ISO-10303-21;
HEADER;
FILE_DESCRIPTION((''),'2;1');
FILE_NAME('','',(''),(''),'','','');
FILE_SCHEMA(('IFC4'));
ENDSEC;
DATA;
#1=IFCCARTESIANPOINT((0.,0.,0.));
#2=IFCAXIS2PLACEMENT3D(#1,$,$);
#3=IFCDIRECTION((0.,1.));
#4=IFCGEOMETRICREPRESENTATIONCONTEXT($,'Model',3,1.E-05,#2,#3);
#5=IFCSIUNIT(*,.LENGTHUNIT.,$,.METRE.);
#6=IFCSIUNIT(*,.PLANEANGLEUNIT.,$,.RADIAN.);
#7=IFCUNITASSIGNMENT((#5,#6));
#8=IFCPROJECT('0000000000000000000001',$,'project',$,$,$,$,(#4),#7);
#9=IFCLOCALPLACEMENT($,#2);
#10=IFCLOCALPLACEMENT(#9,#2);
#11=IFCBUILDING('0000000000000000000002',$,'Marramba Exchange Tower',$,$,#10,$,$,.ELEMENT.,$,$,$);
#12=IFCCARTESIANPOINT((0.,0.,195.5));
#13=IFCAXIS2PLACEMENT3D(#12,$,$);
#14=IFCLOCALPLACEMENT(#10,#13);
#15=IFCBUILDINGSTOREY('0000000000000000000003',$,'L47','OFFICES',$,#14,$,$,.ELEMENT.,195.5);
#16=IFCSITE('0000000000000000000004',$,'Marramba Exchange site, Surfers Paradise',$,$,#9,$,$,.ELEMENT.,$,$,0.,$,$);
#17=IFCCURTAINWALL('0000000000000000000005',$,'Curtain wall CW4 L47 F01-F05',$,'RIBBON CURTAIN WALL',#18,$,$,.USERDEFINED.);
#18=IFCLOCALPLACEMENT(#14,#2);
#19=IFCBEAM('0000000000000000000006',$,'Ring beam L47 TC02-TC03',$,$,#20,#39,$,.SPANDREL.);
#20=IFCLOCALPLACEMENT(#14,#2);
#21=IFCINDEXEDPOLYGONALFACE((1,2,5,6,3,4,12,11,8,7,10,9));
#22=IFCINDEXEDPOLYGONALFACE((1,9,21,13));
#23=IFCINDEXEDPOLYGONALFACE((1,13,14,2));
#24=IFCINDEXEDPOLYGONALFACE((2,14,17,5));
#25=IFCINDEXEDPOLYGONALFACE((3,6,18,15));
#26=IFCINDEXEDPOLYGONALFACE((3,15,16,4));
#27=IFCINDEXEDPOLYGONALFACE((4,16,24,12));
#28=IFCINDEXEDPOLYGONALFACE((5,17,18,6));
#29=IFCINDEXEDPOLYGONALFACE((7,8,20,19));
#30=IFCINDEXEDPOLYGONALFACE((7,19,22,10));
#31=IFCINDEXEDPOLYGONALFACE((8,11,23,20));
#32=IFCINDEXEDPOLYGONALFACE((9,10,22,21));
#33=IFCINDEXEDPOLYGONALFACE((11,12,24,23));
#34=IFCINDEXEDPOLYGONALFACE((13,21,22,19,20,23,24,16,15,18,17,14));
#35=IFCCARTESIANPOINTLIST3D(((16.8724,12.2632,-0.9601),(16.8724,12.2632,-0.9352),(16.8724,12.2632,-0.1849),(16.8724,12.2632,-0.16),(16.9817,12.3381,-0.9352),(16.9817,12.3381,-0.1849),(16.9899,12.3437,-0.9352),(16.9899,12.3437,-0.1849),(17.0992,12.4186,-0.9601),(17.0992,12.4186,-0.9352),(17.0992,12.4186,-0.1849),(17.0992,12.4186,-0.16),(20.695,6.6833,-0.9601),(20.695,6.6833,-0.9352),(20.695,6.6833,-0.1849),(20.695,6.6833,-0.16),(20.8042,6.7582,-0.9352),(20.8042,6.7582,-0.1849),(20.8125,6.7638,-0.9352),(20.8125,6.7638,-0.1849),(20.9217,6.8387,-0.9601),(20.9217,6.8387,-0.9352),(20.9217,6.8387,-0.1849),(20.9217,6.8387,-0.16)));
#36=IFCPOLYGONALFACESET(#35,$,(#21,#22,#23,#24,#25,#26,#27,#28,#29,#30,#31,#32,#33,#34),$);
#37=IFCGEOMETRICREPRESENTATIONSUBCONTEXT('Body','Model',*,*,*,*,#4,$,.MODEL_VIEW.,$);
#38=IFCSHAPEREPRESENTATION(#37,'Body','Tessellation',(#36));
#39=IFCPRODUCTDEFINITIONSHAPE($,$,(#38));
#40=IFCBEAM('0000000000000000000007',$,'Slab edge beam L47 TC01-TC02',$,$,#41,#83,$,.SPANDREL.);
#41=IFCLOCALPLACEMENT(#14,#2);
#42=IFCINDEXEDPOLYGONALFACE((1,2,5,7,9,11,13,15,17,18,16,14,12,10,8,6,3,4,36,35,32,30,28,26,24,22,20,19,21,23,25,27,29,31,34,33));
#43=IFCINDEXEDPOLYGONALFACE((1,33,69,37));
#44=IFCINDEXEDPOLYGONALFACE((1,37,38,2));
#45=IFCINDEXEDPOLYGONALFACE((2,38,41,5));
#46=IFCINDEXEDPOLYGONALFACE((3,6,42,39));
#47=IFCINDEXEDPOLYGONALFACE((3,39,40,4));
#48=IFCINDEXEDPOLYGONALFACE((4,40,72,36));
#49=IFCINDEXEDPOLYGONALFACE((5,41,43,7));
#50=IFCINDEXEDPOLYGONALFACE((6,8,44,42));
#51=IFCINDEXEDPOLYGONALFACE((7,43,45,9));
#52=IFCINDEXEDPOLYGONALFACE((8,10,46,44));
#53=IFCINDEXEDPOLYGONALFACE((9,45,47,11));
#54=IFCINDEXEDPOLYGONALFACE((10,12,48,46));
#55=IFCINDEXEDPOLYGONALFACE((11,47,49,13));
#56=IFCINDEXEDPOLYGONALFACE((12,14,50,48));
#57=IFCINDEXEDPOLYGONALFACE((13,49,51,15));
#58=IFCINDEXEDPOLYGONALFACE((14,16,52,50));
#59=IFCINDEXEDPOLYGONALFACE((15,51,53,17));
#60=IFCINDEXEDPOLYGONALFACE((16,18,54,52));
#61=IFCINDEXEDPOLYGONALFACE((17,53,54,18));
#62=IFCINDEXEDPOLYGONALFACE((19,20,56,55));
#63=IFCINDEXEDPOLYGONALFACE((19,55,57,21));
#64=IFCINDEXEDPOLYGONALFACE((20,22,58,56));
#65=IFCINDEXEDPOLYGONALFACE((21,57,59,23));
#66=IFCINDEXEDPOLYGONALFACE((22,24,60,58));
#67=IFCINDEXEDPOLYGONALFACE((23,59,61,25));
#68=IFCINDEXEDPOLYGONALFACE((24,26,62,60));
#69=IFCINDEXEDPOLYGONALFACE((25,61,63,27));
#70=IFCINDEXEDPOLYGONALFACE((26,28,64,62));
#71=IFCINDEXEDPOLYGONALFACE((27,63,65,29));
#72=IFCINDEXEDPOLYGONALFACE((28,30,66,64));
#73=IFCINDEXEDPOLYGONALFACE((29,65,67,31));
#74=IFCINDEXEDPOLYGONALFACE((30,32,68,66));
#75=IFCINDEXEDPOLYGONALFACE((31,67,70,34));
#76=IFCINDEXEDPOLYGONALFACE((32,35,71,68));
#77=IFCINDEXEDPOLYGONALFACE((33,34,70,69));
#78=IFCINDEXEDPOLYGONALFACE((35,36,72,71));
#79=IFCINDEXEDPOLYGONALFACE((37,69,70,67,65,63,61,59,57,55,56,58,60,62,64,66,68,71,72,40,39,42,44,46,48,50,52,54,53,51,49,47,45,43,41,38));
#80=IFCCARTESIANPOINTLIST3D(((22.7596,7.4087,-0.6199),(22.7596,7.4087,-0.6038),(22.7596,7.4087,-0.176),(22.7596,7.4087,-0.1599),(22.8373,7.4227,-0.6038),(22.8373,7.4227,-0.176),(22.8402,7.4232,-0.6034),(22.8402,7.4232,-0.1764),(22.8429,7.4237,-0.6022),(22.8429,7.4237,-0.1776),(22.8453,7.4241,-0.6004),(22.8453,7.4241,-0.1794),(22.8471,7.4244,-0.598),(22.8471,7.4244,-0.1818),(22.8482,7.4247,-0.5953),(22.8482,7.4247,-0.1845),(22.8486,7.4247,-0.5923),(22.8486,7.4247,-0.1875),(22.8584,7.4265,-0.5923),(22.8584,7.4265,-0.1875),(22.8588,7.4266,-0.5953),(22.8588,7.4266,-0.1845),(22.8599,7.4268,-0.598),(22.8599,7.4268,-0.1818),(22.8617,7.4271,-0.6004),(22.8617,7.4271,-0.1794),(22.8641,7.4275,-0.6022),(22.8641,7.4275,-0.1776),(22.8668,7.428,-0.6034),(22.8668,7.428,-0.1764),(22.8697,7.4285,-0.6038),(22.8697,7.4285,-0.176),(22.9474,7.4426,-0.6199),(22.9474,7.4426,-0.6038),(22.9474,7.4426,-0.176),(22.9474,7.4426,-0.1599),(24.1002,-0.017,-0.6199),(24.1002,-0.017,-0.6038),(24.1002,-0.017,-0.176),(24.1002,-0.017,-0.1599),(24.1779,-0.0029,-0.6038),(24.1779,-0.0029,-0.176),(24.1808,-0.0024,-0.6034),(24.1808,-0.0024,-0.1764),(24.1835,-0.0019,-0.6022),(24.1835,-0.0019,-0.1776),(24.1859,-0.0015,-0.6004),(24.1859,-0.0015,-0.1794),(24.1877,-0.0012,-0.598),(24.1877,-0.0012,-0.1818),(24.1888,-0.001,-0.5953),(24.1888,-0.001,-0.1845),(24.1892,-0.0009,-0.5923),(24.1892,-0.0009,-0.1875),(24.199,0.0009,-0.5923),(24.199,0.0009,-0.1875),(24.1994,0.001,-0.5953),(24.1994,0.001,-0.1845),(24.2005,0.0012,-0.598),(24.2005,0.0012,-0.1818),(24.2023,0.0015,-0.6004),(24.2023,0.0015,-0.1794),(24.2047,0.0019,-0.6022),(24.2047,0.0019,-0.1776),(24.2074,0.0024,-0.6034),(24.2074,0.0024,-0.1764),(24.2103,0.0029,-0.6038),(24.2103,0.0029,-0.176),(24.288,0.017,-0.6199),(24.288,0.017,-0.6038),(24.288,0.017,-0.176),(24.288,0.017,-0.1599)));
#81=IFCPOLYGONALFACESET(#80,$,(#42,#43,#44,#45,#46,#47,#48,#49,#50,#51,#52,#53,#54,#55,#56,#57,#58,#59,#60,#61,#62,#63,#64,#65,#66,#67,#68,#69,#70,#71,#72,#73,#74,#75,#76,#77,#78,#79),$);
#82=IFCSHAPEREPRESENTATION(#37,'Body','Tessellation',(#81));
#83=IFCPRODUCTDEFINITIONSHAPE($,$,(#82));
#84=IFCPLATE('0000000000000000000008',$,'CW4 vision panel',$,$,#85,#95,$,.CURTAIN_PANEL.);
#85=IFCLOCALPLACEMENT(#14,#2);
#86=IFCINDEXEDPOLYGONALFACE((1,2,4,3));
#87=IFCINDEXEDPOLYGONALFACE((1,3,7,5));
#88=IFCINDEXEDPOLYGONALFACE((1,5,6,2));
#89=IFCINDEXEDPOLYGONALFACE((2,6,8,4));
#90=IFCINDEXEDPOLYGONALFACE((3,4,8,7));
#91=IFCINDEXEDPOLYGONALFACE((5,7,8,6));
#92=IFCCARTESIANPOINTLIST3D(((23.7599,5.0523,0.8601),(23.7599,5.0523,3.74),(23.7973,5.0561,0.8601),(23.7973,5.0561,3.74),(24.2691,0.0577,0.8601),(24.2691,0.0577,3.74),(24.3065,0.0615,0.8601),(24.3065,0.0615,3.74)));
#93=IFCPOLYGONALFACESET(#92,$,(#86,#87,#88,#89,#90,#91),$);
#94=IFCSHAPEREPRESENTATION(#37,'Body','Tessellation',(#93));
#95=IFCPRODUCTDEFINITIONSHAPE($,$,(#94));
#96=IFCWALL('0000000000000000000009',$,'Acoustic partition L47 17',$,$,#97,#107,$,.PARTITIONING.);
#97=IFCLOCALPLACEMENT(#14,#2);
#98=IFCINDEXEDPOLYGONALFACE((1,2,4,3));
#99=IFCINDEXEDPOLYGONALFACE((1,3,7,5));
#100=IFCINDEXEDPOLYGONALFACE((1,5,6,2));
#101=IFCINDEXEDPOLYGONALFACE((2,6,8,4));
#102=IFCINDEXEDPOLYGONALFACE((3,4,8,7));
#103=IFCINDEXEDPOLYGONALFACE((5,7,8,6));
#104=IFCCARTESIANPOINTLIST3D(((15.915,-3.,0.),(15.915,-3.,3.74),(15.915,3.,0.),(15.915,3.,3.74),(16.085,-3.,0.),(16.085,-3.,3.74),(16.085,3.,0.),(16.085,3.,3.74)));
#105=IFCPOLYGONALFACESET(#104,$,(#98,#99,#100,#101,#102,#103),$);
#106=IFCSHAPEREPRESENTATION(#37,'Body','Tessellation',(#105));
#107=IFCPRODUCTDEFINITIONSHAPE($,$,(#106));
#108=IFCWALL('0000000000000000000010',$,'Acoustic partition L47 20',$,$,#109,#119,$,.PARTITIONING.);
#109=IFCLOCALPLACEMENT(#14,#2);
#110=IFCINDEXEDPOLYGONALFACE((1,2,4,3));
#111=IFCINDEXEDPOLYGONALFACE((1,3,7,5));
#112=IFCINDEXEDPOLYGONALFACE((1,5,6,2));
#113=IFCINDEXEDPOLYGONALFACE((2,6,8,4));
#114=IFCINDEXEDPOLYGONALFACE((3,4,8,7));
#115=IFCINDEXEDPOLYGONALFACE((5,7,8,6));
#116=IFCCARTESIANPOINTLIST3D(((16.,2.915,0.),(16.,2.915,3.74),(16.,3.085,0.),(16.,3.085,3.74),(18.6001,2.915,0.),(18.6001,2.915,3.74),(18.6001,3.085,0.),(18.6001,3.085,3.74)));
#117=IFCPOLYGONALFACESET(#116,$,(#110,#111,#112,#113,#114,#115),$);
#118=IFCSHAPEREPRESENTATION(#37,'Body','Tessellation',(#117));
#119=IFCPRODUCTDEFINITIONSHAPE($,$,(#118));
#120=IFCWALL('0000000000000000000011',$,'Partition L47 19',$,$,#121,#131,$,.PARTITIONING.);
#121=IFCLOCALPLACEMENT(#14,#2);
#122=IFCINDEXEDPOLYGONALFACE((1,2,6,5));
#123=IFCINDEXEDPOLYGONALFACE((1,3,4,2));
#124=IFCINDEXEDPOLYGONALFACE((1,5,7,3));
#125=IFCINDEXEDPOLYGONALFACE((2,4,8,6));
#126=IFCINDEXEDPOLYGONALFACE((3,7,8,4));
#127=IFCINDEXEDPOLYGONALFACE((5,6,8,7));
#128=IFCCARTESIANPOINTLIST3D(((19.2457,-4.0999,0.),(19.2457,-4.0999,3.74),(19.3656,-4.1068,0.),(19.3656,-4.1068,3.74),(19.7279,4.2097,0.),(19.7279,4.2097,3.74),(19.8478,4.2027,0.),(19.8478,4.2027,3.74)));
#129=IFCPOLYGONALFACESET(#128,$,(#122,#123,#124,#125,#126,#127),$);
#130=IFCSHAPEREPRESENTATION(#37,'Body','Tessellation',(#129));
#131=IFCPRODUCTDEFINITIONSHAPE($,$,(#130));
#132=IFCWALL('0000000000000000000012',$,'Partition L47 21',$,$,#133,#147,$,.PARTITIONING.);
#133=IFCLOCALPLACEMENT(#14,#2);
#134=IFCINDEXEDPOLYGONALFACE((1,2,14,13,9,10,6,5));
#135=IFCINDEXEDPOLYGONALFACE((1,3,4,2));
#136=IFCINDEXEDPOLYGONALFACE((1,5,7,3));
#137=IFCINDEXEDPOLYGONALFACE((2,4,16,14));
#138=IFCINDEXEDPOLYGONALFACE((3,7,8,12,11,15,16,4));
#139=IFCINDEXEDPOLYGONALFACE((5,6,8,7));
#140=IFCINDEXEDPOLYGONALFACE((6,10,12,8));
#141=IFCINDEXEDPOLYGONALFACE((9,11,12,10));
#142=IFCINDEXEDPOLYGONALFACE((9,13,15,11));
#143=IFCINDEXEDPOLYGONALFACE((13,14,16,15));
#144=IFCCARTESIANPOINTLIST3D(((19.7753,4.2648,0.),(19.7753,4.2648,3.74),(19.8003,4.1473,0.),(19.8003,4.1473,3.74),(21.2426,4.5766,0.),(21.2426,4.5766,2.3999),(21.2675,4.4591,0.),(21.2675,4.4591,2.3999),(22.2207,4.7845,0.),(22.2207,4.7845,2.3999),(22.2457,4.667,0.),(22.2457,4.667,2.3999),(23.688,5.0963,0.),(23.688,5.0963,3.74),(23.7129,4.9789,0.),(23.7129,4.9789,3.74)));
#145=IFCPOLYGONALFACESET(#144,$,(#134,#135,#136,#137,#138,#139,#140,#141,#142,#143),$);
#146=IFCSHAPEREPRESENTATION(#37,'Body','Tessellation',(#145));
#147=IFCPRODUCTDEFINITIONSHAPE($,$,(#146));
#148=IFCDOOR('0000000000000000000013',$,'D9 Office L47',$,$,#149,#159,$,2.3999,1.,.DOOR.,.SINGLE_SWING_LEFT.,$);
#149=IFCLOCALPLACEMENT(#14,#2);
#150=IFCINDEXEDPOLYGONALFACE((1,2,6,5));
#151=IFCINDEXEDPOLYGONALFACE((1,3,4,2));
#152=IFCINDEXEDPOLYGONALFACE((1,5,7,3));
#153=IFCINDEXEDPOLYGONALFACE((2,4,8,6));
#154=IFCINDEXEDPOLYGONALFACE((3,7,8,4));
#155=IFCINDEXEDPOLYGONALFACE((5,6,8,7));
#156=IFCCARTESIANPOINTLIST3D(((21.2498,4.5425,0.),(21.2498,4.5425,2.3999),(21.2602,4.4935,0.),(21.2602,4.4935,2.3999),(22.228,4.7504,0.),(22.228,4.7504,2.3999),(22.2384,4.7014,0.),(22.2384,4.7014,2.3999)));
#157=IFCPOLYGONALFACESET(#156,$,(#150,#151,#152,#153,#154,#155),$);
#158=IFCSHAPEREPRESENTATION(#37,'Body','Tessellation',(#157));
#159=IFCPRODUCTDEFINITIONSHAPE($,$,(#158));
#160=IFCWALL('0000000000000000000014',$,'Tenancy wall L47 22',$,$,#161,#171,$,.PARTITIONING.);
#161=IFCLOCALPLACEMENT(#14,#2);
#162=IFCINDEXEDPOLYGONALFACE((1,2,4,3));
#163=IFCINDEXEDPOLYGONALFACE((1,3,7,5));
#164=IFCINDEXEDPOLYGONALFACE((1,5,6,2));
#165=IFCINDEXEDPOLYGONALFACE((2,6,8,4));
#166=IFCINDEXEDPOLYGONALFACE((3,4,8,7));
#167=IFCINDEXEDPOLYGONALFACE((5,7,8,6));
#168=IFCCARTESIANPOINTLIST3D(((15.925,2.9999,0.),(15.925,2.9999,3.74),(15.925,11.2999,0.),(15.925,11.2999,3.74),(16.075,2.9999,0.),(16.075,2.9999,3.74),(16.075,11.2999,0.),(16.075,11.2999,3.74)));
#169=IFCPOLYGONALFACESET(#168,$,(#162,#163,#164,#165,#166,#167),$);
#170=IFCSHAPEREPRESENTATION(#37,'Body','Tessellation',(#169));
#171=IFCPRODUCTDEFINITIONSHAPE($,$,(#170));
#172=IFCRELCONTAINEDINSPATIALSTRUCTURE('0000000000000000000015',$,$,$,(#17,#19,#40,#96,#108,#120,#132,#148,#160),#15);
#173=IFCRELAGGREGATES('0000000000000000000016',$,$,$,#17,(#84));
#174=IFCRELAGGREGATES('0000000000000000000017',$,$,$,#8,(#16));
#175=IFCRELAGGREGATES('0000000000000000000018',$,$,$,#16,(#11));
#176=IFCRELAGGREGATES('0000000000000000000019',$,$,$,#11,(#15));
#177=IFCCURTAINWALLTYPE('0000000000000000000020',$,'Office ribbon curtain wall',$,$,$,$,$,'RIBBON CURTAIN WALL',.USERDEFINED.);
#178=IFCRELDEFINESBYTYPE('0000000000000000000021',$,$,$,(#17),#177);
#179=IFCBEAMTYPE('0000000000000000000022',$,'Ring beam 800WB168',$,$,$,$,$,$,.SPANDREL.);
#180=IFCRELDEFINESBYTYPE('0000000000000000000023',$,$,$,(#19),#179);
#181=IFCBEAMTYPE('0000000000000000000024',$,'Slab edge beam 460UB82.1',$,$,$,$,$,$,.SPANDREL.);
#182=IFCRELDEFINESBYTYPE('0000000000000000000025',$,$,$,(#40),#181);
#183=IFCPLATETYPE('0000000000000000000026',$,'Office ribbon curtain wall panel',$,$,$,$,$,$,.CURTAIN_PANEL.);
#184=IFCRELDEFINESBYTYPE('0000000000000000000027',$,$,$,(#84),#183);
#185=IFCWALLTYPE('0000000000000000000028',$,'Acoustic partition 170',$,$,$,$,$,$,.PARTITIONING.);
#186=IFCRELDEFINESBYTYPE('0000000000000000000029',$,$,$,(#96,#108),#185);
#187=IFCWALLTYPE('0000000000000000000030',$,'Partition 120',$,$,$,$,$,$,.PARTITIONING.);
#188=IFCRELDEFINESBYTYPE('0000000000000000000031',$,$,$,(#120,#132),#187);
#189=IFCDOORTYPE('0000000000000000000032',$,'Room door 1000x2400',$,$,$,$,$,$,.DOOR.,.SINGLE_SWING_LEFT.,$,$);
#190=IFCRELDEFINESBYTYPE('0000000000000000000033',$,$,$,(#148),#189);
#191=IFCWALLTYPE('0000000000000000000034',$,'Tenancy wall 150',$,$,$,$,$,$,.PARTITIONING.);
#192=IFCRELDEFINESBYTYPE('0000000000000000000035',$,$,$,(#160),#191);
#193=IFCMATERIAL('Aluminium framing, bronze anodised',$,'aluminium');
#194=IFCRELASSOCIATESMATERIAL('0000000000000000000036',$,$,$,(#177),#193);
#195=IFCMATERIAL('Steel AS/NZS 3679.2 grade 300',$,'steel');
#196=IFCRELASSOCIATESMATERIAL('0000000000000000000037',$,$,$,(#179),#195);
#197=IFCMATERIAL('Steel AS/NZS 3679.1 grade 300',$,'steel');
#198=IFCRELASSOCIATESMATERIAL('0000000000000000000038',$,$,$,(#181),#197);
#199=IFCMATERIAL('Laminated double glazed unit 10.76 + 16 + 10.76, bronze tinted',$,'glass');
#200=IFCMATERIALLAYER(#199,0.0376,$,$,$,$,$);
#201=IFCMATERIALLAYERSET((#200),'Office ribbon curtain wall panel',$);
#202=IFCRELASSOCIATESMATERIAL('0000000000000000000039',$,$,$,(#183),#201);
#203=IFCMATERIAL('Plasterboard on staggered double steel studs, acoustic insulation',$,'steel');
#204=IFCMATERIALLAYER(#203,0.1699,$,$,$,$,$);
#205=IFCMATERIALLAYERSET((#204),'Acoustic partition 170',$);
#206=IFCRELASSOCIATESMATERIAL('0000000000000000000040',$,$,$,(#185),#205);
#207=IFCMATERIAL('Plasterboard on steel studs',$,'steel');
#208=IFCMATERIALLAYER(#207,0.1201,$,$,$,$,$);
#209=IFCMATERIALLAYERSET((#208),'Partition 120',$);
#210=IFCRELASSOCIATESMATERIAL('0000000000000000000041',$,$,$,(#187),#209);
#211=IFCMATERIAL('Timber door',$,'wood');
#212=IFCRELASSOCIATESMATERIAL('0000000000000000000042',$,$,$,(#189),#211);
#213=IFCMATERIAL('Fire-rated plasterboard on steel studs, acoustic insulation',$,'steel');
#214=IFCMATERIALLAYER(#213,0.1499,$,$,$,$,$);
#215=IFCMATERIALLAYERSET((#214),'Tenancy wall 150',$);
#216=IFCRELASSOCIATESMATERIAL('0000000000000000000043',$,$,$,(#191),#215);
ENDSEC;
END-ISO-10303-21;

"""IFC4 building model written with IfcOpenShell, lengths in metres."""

from ifc_helpers import new_model, si_unit, direction, frame, frame_2d, origin, origin_2d, place, context, subcontext, project, spatial, rectangle, i_section, extrude, material, layer, layer_set, material_profile, profile_set, type_object, element, fill, aggregate, save


model = new_model("IFC4")

# Units and contexts
model_context = context("Model", 3, precision=1e-05, world=origin(), true_north=direction((0.0, 1.0)))
body_context = subcontext(model_context, "Body", "Model", "MODEL_VIEW")
ifc_project = project(units=[si_unit("LENGTHUNIT", "METRE"), si_unit("PLANEANGLEUNIT", "RADIAN")], contexts=[model_context])

# Site, building, storey
site_placement = place(None, origin())
site = spatial("IfcSite", under=ifc_project, at=site_placement, Name="Marramba Exchange site, Surfers Paradise", CompositionType="ELEMENT", RefElevation=0.0)
building_placement = place(site_placement, origin())
building = spatial("IfcBuilding", under=site, at=building_placement, Name="Marramba Exchange Tower", CompositionType="ELEMENT")
storey_placement = place(building_placement, frame((0.0, 0.0, 195.5)))
storey = spatial("IfcBuildingStorey", under=building, at=storey_placement, Name="L47", Description="OFFICES", CompositionType="ELEMENT", Elevation=195.5)

# Shared definitions
ifc_material_1 = material(Name="Steel AS/NZS 3679.2 grade 300", Category="steel")
ifc_material_2 = material(Name="Steel AS/NZS 3679.1 grade 300", Category="steel")

# Curtain wall
ifc_material_3 = material(Name="Aluminium framing, bronze anodised", Category="aluminium")
curtain_wall_type = type_object("IfcCurtainWallType", Name="Office ribbon curtain wall", ElementType="RIBBON CURTAIN WALL", PredefinedType="USERDEFINED", material=ifc_material_3)
curtain_wall_placement = place(storey_placement, origin())
curtain_wall = element("IfcCurtainWall", 1, at=curtain_wall_placement, inside=storey, type_object=curtain_wall_type, Name="Curtain wall CW4 L47 F01-F05", ObjectType="RIBBON CURTAIN WALL", PredefinedType="USERDEFINED")

# Beams
ifc_material_profile_1 = material_profile(ifc_material_1, i_section(OverallWidth=0.2749, OverallDepth=0.8, WebThickness=0.01, FlangeThickness=0.0249, at=origin_2d()), Name="800WB168")
ifc_profile_set_1 = profile_set([ifc_material_profile_1], Name="Steel AS/NZS 3679.2 grade 300")
beam_type_1 = type_object("IfcBeamType", Name="Ring beam 800WB168", PredefinedType="SPANDREL", material=ifc_profile_set_1)
beam_1_placement = place(storey_placement, frame((20.8083, 6.761, -0.5601), z_axis=(-0.56516, 0.824981, 0.0), x_axis=(-0.824981, -0.56516, 0.0)))
element("IfcBeam", 2, at=beam_1_placement, inside=storey, type_object=beam_type_1, Name="Ring beam L47 TC02-TC03", PredefinedType="SPANDREL", context=body_context, shape_type="SweptSolid", body=[
    extrude(i_section(OverallWidth=0.2749, OverallDepth=0.8, WebThickness=0.01, FlangeThickness=0.0249, at=origin_2d()), origin(), (0.0, 0.0, 1.0), 6.7637),
])
ifc_material_profile_2 = material_profile(ifc_material_2, i_section(OverallWidth=0.1909, OverallDepth=0.46, WebThickness=0.01, FlangeThickness=0.0161, FilletRadius=0.0115, at=origin_2d()), Name="460UB82.1")
ifc_profile_set_2 = profile_set([ifc_material_profile_2], Name="Steel AS/NZS 3679.1 grade 300")
beam_type_2 = type_object("IfcBeamType", Name="Slab edge beam 460UB82.1", PredefinedType="SPANDREL", material=ifc_profile_set_2)
beam_2_placement = place(storey_placement, frame((24.1941, 0.0, -0.3899), z_axis=(-0.177664, 0.984091, 0.0), x_axis=(-0.984091, -0.177664, 0.0)))
element("IfcBeam", 3, at=beam_2_placement, inside=storey, type_object=beam_type_2, Name="Slab edge beam L47 TC01-TC02", PredefinedType="SPANDREL", context=body_context, shape_type="SweptSolid", body=[
    extrude(i_section(OverallWidth=0.1909, OverallDepth=0.46, WebThickness=0.01, FlangeThickness=0.0161, FilletRadius=0.0115, at=origin_2d()), origin(), (0.0, 0.0, 1.0), 7.5457),
])

# Plate
ifc_material_4 = material(Name="Laminated double glazed unit 10.76 + 16 + 10.76, bronze tinted", Category="glass")
ifc_layer_1 = layer(ifc_material_4, 0.0376)
ifc_layer_set_1 = layer_set([ifc_layer_1], Name="Office ribbon curtain wall panel")
plate_type = type_object("IfcPlateType", Name="Office ribbon curtain wall panel", PredefinedType="CURTAIN_PANEL", material=ifc_layer_set_1)
plate_placement = place(storey_placement, frame((24.0332, 2.5569, 0.8601), z_axis=(0.0, 0.0, 1.0), x_axis=(-0.101422, 0.994843, 0.0)))
plate = element("IfcPlate", 4, at=plate_placement, type_object=plate_type, Name="CW4 vision panel", PredefinedType="CURTAIN_PANEL", context=body_context, shape_type="SweptSolid", body=[
    extrude(rectangle(XDim=5.0205, YDim=0.0376, at=origin_2d()), origin(), (0.0, 0.0, 1.0), 2.8799),
])
aggregate(curtain_wall, [plate])

# Walls
ifc_material_5 = material(Name="Plasterboard on staggered double steel studs, acoustic insulation", Category="steel")
ifc_layer_2 = layer(ifc_material_5, 0.1699)
ifc_layer_set_2 = layer_set([ifc_layer_2], Name="Acoustic partition 170")
wall_type_1 = type_object("IfcWallType", Name="Acoustic partition 170", PredefinedType="PARTITIONING", material=ifc_layer_set_2)
wall_1_placement = place(storey_placement, frame((16.0, 3.0, 0.0), z_axis=(0.0, 0.0, 1.0), x_axis=(0.0, -1.0, 0.0)))
element("IfcWall", 5, at=wall_1_placement, inside=storey, type_object=wall_type_1, Name="Acoustic partition L47 17", PredefinedType="PARTITIONING", context=body_context, shape_type="SweptSolid", body=[
    extrude(rectangle(XDim=6.0, YDim=0.1699, at=frame_2d((3.0, 0.0))), origin(), (0.0, 0.0, 1.0), 3.74),
])
wall_2_placement = place(storey_placement, frame((18.6001, 3.0, 0.0), z_axis=(0.0, 0.0, 1.0), x_axis=(-1.0, 0.0, 0.0)))
element("IfcWall", 6, at=wall_2_placement, inside=storey, type_object=wall_type_1, Name="Acoustic partition L47 20", PredefinedType="PARTITIONING", context=body_context, shape_type="SweptSolid", body=[
    extrude(rectangle(XDim=2.6001, YDim=0.1699, at=frame_2d((1.3, 0.0))), origin(), (0.0, 0.0, 1.0), 3.74),
])
ifc_material_6 = material(Name="Plasterboard on steel studs", Category="steel")
ifc_layer_3 = layer(ifc_material_6, 0.1201)
ifc_layer_set_3 = layer_set([ifc_layer_3], Name="Partition 120")
wall_type_2 = type_object("IfcWallType", Name="Partition 120", PredefinedType="PARTITIONING", material=ifc_layer_set_3)
wall_3_placement = place(storey_placement, frame((19.7878, 4.2061, 0.0), z_axis=(0.0, 0.0, 1.0), x_axis=(-0.057929, -0.998321, 0.0)))
element("IfcWall", 7, at=wall_3_placement, inside=storey, type_object=wall_type_2, Name="Partition L47 19", PredefinedType="PARTITIONING", context=body_context, shape_type="SweptSolid", body=[
    extrude(rectangle(XDim=8.3235, YDim=0.1201, at=frame_2d((4.1616, 0.0))), origin(), (0.0, 0.0, 1.0), 3.74),
])

# Wall, opening, door
wall_4_placement = place(storey_placement, frame((23.7004, 5.0376, 0.0), z_axis=(0.0, 0.0, 1.0), x_axis=(-0.978153, -0.207886, 0.0)))
wall_4 = element("IfcWall", 8, at=wall_4_placement, inside=storey, type_object=wall_type_2, Name="Partition L47 21", PredefinedType="PARTITIONING", context=body_context, shape_type="SweptSolid", body=[
    extrude(rectangle(XDim=4.0, YDim=0.1201, at=frame_2d((2.0, 0.0))), origin(), (0.0, 0.0, 1.0), 3.74),
])
opening_placement = place(wall_4_placement, frame((1.5, 0.0, 0.0)))
opening = element("IfcOpeningElement", 9, at=opening_placement, cuts=wall_4, PredefinedType="OPENING", context=body_context, shape_type="SweptSolid", body=[
    extrude(rectangle(XDim=1.0, YDim=2.3999, at=frame_2d((0.5, 1.2))), frame((0.0, 0.0701, 0.0), z_axis=(0.0, -1.0, 0.0), x_axis=(1.0, 0.0, 0.0)), (0.0, 0.0, 1.0), 0.1401),
])
ifc_material_7 = material(Name="Timber door", Category="wood")
door_type = type_object("IfcDoorType", Name="Room door 1000x2400", OperationType="SINGLE_SWING_LEFT", PredefinedType="DOOR", material=ifc_material_7)
door_placement = place(opening_placement, origin())
door = element("IfcDoor", 10, at=door_placement, inside=storey, type_object=door_type, Name="D9 Office L47", OperationType="SINGLE_SWING_LEFT", OverallHeight=2.3999, OverallWidth=1.0, PredefinedType="DOOR", context=body_context, shape_type="SweptSolid", body=[
    extrude(rectangle(XDim=1.0, YDim=2.3999, at=frame_2d((0.5, 1.2))), frame((0.0, 0.0249, 0.0), z_axis=(0.0, -1.0, 0.0), x_axis=(1.0, 0.0, 0.0)), (0.0, 0.0, 1.0), 0.05),
])
fill(opening, door)

# Wall
ifc_material_8 = material(Name="Fire-rated plasterboard on steel studs, acoustic insulation", Category="steel")
ifc_layer_4 = layer(ifc_material_8, 0.1499)
ifc_layer_set_4 = layer_set([ifc_layer_4], Name="Tenancy wall 150")
wall_type_3 = type_object("IfcWallType", Name="Tenancy wall 150", PredefinedType="PARTITIONING", material=ifc_layer_set_4)
wall_5_placement = place(storey_placement, frame((16.0, 3.0, 0.0), z_axis=(0.0, 0.0, 1.0), x_axis=(0.0, 1.0, 0.0)))
element("IfcWall", 11, at=wall_5_placement, inside=storey, type_object=wall_type_3, Name="Tenancy wall L47 22", PredefinedType="PARTITIONING", context=body_context, shape_type="SweptSolid", body=[
    extrude(rectangle(XDim=8.3, YDim=0.1499, at=frame_2d((4.1499, 0.0))), origin(), (0.0, 0.0, 1.0), 3.74),
])

save(model, "model.ifc")
